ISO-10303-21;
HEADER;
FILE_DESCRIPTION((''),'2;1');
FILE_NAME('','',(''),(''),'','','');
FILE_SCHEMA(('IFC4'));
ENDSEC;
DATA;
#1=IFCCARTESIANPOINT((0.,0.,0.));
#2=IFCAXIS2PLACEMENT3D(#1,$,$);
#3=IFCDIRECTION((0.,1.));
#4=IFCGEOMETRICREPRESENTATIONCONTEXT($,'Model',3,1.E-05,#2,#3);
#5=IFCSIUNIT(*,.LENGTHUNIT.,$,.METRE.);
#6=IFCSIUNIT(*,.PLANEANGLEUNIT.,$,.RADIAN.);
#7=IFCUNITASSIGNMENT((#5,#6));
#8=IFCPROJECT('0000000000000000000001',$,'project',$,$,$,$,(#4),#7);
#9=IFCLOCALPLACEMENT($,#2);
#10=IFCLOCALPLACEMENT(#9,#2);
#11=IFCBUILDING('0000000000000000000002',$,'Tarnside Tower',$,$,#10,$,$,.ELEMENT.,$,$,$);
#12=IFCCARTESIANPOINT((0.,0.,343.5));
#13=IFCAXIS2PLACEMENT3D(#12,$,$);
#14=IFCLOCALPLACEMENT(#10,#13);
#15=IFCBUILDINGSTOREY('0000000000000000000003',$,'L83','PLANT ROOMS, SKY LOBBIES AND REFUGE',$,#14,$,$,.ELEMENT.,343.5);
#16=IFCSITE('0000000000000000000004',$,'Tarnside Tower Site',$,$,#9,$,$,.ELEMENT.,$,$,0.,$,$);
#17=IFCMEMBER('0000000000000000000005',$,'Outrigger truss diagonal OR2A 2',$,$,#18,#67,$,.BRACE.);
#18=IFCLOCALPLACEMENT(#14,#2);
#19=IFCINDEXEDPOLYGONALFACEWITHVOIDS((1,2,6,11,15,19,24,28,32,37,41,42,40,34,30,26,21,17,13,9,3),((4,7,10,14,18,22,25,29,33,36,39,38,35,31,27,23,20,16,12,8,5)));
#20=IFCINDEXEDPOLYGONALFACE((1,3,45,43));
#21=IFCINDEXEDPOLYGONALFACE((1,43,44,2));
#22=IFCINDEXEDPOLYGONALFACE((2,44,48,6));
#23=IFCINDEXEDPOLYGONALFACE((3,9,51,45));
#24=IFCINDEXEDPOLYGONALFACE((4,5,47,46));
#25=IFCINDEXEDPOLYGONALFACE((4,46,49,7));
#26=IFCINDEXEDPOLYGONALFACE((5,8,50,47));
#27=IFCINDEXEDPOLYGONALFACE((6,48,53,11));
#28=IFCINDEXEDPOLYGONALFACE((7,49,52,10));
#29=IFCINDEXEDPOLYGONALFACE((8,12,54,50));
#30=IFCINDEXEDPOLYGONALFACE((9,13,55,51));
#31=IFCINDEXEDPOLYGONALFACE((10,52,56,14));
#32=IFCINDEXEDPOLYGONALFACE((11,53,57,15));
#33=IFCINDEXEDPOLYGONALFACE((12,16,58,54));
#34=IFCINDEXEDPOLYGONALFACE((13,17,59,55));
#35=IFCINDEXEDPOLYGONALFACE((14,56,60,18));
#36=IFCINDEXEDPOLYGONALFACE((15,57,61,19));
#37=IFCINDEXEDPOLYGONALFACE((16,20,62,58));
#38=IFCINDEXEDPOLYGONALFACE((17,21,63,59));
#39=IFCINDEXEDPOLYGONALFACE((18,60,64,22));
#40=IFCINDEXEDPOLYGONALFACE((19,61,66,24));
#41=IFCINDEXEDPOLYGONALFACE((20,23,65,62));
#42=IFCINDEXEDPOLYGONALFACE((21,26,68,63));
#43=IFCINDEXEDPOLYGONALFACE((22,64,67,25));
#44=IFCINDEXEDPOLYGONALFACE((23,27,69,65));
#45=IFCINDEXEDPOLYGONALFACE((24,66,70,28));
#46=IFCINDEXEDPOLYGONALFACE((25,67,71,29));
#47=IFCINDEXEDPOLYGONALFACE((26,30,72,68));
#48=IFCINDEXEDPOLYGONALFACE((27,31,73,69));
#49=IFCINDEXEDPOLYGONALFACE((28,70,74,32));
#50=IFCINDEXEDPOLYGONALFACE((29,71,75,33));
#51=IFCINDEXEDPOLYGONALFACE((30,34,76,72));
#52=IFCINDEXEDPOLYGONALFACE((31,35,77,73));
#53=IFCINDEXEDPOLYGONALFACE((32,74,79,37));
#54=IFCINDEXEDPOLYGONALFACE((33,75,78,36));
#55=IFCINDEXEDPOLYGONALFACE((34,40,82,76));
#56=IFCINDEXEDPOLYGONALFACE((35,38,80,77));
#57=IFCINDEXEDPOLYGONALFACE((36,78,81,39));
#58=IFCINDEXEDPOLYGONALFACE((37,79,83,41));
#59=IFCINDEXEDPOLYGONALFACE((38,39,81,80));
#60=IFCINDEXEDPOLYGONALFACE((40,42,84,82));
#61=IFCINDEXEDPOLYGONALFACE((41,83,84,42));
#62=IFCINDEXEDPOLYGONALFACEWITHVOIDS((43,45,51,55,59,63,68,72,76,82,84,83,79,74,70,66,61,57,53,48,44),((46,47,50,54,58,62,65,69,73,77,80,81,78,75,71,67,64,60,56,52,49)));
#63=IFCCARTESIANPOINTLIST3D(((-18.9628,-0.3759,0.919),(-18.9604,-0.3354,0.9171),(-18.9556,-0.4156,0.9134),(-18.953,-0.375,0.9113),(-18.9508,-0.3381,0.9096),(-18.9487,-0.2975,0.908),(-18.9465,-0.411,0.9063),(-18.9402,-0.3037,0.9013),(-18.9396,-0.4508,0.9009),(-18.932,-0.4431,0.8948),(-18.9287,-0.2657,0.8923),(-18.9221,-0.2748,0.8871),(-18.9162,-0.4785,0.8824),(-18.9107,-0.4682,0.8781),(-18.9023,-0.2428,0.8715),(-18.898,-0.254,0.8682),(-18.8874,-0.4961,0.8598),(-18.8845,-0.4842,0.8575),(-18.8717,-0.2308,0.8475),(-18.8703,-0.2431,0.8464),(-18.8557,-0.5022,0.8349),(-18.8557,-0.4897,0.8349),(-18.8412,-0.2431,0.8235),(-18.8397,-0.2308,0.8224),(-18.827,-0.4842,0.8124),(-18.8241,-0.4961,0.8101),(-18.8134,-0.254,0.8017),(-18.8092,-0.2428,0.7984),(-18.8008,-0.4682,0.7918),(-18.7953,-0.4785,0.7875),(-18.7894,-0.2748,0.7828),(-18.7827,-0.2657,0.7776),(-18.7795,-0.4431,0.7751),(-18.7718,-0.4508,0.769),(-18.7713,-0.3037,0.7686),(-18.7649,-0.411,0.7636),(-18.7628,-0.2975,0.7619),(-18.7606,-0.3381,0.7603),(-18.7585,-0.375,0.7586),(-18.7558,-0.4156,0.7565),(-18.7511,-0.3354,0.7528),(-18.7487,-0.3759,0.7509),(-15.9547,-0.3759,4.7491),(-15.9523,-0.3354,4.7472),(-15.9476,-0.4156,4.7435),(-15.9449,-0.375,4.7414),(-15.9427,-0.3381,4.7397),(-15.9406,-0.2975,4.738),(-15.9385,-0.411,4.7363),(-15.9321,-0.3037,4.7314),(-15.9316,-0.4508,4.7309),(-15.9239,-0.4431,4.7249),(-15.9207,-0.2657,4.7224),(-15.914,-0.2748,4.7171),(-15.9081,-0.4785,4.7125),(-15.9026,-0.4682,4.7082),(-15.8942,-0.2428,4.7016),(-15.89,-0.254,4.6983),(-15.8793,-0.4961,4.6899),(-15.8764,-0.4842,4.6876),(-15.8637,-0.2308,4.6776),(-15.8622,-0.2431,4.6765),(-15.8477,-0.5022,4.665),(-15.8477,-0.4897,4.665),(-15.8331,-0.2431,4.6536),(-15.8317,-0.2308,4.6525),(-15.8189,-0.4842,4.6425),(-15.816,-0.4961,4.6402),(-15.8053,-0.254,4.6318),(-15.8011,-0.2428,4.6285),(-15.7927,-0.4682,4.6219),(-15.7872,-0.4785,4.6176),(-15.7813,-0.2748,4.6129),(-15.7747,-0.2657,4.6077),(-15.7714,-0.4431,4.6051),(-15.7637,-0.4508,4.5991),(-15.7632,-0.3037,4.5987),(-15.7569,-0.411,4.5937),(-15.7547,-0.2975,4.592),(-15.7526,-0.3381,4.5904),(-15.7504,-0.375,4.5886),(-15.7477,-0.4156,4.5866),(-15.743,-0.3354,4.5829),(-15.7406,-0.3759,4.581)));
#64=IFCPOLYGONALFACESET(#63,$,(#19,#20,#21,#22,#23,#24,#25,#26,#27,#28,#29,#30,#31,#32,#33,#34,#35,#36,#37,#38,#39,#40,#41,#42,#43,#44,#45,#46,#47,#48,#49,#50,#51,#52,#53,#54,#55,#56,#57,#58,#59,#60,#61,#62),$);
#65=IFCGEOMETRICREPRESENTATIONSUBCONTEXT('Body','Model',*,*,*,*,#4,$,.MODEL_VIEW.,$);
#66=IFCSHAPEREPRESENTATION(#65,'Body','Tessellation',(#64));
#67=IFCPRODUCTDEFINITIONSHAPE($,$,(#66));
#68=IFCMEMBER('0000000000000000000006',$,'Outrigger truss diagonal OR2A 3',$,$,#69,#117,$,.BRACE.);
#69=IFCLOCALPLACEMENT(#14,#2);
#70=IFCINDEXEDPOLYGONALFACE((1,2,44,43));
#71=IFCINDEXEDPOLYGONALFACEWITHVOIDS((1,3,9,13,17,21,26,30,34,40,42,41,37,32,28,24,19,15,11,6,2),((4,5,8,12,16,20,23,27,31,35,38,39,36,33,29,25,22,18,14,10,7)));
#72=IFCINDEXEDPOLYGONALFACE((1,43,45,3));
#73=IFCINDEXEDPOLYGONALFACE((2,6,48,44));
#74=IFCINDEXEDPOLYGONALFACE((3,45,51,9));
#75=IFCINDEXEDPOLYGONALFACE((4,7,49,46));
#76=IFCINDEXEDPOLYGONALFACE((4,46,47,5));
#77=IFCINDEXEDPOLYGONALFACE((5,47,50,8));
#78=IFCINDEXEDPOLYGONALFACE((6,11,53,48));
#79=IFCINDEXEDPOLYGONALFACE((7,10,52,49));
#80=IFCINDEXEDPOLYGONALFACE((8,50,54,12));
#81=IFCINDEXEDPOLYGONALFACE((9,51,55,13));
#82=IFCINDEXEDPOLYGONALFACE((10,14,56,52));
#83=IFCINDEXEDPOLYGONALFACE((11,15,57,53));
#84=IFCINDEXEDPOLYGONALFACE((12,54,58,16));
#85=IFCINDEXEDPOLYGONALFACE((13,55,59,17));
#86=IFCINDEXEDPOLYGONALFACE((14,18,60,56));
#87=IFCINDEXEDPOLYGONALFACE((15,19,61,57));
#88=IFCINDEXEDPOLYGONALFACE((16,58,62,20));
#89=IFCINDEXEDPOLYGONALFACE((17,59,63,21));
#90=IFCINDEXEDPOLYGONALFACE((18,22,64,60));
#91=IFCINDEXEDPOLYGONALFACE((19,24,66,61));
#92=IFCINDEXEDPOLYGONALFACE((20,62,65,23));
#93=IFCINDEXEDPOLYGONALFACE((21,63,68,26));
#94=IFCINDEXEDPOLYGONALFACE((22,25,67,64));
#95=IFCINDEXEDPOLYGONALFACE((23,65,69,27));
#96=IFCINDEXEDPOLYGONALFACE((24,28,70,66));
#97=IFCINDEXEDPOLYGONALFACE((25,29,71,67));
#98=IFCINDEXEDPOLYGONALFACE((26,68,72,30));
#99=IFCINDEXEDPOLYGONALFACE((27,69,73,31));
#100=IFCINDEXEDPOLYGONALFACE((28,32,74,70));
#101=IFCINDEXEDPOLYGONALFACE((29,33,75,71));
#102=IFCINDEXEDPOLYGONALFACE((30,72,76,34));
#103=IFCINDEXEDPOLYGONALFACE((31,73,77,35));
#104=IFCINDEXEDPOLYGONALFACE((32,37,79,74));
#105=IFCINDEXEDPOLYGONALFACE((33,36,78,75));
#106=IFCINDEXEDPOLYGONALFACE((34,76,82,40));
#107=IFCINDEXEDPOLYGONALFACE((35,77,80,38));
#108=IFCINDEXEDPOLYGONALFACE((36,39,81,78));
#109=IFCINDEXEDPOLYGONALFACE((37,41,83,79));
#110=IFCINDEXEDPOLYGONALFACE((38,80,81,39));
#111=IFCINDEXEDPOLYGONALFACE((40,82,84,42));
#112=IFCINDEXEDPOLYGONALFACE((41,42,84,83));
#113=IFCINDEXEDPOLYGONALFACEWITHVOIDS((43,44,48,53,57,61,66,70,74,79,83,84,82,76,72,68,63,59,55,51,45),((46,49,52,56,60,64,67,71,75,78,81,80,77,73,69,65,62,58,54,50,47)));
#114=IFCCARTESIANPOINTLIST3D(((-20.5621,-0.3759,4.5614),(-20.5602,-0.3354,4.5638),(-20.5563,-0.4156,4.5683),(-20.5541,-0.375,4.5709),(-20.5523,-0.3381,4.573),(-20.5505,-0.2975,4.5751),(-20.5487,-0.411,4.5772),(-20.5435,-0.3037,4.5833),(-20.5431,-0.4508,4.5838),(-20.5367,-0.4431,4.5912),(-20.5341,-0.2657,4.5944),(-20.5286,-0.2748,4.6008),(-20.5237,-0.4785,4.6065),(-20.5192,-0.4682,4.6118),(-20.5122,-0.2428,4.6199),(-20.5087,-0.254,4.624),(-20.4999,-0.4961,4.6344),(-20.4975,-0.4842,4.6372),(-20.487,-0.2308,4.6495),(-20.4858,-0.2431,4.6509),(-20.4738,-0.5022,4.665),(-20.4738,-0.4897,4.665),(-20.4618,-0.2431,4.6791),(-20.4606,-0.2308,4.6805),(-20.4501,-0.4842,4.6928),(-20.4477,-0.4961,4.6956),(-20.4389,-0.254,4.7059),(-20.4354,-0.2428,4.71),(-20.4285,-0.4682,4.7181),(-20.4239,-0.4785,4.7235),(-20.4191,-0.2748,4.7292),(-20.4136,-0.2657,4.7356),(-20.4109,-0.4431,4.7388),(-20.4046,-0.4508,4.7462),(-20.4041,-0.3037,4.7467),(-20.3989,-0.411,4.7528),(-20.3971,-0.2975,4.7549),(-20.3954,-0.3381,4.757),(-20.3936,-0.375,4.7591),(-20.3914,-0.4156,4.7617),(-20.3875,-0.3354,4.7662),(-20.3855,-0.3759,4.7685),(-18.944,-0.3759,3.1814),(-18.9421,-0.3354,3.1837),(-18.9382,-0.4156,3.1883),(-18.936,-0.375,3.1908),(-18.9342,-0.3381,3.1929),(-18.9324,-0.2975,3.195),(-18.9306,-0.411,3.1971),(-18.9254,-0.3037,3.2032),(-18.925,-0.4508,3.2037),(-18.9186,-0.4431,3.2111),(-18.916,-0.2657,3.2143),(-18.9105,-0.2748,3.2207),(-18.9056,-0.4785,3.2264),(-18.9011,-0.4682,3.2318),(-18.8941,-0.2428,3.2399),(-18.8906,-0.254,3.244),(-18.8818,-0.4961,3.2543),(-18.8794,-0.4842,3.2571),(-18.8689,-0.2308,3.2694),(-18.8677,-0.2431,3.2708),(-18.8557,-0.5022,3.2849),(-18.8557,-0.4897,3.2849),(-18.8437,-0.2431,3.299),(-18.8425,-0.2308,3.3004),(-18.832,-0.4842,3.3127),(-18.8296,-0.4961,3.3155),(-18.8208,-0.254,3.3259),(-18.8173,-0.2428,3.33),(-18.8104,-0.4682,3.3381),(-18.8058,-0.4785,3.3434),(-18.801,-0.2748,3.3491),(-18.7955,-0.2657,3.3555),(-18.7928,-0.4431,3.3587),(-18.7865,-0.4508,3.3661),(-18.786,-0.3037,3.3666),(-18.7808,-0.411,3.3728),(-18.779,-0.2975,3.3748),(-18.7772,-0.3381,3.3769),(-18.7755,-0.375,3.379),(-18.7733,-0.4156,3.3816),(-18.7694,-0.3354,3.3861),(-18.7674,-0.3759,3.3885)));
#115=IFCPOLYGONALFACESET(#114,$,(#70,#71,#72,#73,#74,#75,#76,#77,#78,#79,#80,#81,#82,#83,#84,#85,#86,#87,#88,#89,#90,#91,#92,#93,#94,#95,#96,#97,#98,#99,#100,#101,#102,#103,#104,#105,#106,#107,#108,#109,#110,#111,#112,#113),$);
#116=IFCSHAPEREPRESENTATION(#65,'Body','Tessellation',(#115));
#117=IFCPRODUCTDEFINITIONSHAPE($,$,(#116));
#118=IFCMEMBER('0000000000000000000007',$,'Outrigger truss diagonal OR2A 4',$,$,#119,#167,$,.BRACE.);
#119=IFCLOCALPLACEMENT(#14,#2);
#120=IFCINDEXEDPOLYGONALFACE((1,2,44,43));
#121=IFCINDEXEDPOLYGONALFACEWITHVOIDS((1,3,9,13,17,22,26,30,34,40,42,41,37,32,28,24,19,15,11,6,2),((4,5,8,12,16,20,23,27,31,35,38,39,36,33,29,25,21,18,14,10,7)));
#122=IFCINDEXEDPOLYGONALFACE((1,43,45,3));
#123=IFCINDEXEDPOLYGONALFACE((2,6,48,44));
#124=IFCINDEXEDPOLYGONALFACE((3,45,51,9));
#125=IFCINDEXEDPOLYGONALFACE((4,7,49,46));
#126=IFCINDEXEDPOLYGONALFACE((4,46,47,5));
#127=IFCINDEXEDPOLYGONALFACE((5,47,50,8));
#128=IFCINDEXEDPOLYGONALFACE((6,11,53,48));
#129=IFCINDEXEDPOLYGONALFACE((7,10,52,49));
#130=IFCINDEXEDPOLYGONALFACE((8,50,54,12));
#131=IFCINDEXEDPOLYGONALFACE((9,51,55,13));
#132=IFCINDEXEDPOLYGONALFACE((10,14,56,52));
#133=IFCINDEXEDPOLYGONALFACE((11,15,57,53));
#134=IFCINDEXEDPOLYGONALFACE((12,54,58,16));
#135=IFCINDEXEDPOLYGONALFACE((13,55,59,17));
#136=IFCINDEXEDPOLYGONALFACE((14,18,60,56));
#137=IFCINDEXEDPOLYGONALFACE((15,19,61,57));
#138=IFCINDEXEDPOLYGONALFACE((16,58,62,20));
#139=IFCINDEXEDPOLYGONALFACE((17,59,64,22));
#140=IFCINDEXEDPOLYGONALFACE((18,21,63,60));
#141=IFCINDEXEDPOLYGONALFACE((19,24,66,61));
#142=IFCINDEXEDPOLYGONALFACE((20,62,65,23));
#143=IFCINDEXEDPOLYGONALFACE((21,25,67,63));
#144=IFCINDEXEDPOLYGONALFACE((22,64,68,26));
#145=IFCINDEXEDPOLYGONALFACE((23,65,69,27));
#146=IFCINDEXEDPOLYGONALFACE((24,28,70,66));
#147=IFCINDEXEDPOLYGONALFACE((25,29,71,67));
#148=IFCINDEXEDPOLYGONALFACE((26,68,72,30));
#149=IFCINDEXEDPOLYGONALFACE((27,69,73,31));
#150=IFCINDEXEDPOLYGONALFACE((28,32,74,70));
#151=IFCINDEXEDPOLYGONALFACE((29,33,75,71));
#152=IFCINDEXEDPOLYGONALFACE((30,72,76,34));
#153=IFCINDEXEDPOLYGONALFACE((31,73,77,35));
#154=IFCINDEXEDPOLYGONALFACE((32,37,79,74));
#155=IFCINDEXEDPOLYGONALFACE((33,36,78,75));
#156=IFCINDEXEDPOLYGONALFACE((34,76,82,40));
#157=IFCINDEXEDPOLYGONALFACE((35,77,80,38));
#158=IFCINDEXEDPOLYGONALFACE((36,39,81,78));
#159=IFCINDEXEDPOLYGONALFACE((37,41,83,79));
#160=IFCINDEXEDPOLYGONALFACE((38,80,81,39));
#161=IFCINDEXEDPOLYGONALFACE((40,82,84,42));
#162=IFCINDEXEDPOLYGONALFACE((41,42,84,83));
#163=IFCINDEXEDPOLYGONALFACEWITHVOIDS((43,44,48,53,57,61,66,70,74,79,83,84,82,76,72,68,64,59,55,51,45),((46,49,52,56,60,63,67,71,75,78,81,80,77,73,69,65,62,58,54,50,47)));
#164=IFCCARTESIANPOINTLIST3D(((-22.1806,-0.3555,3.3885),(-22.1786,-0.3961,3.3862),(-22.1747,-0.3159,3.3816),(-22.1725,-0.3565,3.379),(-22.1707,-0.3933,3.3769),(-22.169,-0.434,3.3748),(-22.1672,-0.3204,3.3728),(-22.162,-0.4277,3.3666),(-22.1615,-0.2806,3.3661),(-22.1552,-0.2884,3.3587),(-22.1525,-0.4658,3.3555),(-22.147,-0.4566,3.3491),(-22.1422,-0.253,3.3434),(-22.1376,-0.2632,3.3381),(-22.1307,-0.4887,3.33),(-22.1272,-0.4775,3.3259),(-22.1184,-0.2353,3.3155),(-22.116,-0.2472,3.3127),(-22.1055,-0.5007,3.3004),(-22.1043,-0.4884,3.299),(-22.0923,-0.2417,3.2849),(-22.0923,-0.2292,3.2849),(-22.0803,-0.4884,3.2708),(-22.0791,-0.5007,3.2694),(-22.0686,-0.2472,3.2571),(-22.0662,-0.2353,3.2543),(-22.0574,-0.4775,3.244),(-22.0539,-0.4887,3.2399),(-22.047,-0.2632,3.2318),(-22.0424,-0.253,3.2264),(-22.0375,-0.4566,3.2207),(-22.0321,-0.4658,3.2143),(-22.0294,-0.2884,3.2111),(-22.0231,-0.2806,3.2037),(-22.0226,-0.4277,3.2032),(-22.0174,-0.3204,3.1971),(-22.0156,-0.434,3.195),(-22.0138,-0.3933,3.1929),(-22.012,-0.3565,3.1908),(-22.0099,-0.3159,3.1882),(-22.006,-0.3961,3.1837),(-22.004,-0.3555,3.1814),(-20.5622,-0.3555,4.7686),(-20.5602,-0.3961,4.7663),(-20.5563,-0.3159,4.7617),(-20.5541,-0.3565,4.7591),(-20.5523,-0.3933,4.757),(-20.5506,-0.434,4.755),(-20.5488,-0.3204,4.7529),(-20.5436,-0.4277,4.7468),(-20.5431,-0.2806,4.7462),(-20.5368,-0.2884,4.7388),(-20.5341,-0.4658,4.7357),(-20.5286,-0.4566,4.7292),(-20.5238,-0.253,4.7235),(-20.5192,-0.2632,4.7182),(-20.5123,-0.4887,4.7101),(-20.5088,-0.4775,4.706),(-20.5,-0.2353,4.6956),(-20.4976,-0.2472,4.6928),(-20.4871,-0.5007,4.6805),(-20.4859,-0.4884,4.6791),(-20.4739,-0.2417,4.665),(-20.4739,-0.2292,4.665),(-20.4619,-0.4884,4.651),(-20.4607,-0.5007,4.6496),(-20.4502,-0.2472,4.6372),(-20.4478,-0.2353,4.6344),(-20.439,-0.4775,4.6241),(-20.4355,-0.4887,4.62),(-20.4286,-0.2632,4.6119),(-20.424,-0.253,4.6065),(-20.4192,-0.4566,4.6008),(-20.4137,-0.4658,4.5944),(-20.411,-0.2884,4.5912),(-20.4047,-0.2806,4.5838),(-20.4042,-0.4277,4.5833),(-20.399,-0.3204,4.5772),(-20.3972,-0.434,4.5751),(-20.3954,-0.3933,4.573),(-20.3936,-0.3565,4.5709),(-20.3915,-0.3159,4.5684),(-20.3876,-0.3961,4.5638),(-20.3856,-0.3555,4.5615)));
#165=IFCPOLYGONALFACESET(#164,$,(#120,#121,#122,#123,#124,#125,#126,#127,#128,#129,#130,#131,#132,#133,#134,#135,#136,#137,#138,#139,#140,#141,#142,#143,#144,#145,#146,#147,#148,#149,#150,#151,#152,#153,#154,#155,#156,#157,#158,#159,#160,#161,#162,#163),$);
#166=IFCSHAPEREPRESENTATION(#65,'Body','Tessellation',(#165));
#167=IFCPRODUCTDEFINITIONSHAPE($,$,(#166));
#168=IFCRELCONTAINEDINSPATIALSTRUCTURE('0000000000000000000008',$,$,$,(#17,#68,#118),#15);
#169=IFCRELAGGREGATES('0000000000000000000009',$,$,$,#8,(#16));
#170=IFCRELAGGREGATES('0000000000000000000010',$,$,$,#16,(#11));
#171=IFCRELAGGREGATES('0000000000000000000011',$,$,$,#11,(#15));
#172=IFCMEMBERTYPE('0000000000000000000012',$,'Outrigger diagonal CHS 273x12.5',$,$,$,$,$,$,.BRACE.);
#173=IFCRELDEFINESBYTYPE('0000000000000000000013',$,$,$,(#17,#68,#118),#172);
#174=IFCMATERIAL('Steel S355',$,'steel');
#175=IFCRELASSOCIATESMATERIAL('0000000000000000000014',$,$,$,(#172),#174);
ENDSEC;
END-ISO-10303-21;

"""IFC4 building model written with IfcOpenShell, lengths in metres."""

from ifc_helpers import new_model, si_unit, direction, frame, origin, origin_2d, place, context, subcontext, project, spatial, hollow_circle, extrude, material, material_profile, profile_set, type_object, element, save


model = new_model("IFC4")

# Units and contexts
model_context = context("Model", 3, precision=1e-05, world=origin(), true_north=direction((0.0, 1.0)))
body_context = subcontext(model_context, "Body", "Model", "MODEL_VIEW")
ifc_project = project(units=[si_unit("LENGTHUNIT", "METRE"), si_unit("PLANEANGLEUNIT", "RADIAN")], contexts=[model_context])

# Site, building, storey
site_placement = place(None, origin())
site = spatial("IfcSite", under=ifc_project, at=site_placement, Name="Tarnside Tower Site", CompositionType="ELEMENT", RefElevation=0.0)
building_placement = place(site_placement, origin())
building = spatial("IfcBuilding", under=site, at=building_placement, Name="Tarnside Tower", CompositionType="ELEMENT")
storey_placement = place(building_placement, frame((0.0, 0.0, 343.5)))
storey = spatial("IfcBuildingStorey", under=building, at=storey_placement, Name="L83", Description="PLANT ROOMS, SKY LOBBIES AND REFUGE", CompositionType="ELEMENT", Elevation=343.5)

# Shared definitions
ifc_material_1 = material(Name="Steel S355", Category="steel")

# Members
ifc_material_profile_1 = material_profile(ifc_material_1, hollow_circle(Radius=0.1365, WallThickness=0.0125, at=origin_2d()), Name="CHS 273x12.5")
ifc_profile_set_1 = profile_set([ifc_material_profile_1], Name="Steel S355")
member_type_1 = type_object("IfcMemberType", Name="Outrigger diagonal CHS 273x12.5", PredefinedType="BRACE", material=ifc_profile_set_1)
member_1_placement = place(storey_placement, frame((-15.8477, -0.3657, 4.665), z_axis=(-0.617658, 0.0, -0.786447), x_axis=(0.0, -1.0, 0.0)))
element("IfcMember", 1, at=member_1_placement, inside=storey, type_object=member_type_1, Name="Outrigger truss diagonal OR2A 2", PredefinedType="BRACE", context=body_context, shape_type="SweptSolid", body=[
    extrude(hollow_circle(Radius=0.1365, WallThickness=0.0125, at=origin_2d()), origin(), (0.0, 0.0, 1.0), 4.8701),
])
member_2_placement = place(storey_placement, frame((-18.8557, -0.3657, 3.2849), z_axis=(-0.760851, 0.0, 0.648927), x_axis=(0.0, -1.0, 0.0)))
element("IfcMember", 2, at=member_2_placement, inside=storey, type_object=member_type_1, Name="Outrigger truss diagonal OR2A 3", PredefinedType="BRACE", context=body_context, shape_type="SweptSolid", body=[
    extrude(hollow_circle(Radius=0.1365, WallThickness=0.0125, at=origin_2d()), origin(), (0.0, 0.0, 1.0), 2.1267),
])
member_3_placement = place(storey_placement, frame((-22.0923, -0.3657, 3.2849), z_axis=(0.760899, 0.0, 0.64887), x_axis=(0.0, 1.0, 0.0)))
element("IfcMember", 3, at=member_3_placement, inside=storey, type_object=member_type_1, Name="Outrigger truss diagonal OR2A 4", PredefinedType="BRACE", context=body_context, shape_type="SweptSolid", body=[
    extrude(hollow_circle(Radius=0.1365, WallThickness=0.0125, at=origin_2d()), origin(), (0.0, 0.0, 1.0), 2.127),
])

save(model, "model.ifc")
